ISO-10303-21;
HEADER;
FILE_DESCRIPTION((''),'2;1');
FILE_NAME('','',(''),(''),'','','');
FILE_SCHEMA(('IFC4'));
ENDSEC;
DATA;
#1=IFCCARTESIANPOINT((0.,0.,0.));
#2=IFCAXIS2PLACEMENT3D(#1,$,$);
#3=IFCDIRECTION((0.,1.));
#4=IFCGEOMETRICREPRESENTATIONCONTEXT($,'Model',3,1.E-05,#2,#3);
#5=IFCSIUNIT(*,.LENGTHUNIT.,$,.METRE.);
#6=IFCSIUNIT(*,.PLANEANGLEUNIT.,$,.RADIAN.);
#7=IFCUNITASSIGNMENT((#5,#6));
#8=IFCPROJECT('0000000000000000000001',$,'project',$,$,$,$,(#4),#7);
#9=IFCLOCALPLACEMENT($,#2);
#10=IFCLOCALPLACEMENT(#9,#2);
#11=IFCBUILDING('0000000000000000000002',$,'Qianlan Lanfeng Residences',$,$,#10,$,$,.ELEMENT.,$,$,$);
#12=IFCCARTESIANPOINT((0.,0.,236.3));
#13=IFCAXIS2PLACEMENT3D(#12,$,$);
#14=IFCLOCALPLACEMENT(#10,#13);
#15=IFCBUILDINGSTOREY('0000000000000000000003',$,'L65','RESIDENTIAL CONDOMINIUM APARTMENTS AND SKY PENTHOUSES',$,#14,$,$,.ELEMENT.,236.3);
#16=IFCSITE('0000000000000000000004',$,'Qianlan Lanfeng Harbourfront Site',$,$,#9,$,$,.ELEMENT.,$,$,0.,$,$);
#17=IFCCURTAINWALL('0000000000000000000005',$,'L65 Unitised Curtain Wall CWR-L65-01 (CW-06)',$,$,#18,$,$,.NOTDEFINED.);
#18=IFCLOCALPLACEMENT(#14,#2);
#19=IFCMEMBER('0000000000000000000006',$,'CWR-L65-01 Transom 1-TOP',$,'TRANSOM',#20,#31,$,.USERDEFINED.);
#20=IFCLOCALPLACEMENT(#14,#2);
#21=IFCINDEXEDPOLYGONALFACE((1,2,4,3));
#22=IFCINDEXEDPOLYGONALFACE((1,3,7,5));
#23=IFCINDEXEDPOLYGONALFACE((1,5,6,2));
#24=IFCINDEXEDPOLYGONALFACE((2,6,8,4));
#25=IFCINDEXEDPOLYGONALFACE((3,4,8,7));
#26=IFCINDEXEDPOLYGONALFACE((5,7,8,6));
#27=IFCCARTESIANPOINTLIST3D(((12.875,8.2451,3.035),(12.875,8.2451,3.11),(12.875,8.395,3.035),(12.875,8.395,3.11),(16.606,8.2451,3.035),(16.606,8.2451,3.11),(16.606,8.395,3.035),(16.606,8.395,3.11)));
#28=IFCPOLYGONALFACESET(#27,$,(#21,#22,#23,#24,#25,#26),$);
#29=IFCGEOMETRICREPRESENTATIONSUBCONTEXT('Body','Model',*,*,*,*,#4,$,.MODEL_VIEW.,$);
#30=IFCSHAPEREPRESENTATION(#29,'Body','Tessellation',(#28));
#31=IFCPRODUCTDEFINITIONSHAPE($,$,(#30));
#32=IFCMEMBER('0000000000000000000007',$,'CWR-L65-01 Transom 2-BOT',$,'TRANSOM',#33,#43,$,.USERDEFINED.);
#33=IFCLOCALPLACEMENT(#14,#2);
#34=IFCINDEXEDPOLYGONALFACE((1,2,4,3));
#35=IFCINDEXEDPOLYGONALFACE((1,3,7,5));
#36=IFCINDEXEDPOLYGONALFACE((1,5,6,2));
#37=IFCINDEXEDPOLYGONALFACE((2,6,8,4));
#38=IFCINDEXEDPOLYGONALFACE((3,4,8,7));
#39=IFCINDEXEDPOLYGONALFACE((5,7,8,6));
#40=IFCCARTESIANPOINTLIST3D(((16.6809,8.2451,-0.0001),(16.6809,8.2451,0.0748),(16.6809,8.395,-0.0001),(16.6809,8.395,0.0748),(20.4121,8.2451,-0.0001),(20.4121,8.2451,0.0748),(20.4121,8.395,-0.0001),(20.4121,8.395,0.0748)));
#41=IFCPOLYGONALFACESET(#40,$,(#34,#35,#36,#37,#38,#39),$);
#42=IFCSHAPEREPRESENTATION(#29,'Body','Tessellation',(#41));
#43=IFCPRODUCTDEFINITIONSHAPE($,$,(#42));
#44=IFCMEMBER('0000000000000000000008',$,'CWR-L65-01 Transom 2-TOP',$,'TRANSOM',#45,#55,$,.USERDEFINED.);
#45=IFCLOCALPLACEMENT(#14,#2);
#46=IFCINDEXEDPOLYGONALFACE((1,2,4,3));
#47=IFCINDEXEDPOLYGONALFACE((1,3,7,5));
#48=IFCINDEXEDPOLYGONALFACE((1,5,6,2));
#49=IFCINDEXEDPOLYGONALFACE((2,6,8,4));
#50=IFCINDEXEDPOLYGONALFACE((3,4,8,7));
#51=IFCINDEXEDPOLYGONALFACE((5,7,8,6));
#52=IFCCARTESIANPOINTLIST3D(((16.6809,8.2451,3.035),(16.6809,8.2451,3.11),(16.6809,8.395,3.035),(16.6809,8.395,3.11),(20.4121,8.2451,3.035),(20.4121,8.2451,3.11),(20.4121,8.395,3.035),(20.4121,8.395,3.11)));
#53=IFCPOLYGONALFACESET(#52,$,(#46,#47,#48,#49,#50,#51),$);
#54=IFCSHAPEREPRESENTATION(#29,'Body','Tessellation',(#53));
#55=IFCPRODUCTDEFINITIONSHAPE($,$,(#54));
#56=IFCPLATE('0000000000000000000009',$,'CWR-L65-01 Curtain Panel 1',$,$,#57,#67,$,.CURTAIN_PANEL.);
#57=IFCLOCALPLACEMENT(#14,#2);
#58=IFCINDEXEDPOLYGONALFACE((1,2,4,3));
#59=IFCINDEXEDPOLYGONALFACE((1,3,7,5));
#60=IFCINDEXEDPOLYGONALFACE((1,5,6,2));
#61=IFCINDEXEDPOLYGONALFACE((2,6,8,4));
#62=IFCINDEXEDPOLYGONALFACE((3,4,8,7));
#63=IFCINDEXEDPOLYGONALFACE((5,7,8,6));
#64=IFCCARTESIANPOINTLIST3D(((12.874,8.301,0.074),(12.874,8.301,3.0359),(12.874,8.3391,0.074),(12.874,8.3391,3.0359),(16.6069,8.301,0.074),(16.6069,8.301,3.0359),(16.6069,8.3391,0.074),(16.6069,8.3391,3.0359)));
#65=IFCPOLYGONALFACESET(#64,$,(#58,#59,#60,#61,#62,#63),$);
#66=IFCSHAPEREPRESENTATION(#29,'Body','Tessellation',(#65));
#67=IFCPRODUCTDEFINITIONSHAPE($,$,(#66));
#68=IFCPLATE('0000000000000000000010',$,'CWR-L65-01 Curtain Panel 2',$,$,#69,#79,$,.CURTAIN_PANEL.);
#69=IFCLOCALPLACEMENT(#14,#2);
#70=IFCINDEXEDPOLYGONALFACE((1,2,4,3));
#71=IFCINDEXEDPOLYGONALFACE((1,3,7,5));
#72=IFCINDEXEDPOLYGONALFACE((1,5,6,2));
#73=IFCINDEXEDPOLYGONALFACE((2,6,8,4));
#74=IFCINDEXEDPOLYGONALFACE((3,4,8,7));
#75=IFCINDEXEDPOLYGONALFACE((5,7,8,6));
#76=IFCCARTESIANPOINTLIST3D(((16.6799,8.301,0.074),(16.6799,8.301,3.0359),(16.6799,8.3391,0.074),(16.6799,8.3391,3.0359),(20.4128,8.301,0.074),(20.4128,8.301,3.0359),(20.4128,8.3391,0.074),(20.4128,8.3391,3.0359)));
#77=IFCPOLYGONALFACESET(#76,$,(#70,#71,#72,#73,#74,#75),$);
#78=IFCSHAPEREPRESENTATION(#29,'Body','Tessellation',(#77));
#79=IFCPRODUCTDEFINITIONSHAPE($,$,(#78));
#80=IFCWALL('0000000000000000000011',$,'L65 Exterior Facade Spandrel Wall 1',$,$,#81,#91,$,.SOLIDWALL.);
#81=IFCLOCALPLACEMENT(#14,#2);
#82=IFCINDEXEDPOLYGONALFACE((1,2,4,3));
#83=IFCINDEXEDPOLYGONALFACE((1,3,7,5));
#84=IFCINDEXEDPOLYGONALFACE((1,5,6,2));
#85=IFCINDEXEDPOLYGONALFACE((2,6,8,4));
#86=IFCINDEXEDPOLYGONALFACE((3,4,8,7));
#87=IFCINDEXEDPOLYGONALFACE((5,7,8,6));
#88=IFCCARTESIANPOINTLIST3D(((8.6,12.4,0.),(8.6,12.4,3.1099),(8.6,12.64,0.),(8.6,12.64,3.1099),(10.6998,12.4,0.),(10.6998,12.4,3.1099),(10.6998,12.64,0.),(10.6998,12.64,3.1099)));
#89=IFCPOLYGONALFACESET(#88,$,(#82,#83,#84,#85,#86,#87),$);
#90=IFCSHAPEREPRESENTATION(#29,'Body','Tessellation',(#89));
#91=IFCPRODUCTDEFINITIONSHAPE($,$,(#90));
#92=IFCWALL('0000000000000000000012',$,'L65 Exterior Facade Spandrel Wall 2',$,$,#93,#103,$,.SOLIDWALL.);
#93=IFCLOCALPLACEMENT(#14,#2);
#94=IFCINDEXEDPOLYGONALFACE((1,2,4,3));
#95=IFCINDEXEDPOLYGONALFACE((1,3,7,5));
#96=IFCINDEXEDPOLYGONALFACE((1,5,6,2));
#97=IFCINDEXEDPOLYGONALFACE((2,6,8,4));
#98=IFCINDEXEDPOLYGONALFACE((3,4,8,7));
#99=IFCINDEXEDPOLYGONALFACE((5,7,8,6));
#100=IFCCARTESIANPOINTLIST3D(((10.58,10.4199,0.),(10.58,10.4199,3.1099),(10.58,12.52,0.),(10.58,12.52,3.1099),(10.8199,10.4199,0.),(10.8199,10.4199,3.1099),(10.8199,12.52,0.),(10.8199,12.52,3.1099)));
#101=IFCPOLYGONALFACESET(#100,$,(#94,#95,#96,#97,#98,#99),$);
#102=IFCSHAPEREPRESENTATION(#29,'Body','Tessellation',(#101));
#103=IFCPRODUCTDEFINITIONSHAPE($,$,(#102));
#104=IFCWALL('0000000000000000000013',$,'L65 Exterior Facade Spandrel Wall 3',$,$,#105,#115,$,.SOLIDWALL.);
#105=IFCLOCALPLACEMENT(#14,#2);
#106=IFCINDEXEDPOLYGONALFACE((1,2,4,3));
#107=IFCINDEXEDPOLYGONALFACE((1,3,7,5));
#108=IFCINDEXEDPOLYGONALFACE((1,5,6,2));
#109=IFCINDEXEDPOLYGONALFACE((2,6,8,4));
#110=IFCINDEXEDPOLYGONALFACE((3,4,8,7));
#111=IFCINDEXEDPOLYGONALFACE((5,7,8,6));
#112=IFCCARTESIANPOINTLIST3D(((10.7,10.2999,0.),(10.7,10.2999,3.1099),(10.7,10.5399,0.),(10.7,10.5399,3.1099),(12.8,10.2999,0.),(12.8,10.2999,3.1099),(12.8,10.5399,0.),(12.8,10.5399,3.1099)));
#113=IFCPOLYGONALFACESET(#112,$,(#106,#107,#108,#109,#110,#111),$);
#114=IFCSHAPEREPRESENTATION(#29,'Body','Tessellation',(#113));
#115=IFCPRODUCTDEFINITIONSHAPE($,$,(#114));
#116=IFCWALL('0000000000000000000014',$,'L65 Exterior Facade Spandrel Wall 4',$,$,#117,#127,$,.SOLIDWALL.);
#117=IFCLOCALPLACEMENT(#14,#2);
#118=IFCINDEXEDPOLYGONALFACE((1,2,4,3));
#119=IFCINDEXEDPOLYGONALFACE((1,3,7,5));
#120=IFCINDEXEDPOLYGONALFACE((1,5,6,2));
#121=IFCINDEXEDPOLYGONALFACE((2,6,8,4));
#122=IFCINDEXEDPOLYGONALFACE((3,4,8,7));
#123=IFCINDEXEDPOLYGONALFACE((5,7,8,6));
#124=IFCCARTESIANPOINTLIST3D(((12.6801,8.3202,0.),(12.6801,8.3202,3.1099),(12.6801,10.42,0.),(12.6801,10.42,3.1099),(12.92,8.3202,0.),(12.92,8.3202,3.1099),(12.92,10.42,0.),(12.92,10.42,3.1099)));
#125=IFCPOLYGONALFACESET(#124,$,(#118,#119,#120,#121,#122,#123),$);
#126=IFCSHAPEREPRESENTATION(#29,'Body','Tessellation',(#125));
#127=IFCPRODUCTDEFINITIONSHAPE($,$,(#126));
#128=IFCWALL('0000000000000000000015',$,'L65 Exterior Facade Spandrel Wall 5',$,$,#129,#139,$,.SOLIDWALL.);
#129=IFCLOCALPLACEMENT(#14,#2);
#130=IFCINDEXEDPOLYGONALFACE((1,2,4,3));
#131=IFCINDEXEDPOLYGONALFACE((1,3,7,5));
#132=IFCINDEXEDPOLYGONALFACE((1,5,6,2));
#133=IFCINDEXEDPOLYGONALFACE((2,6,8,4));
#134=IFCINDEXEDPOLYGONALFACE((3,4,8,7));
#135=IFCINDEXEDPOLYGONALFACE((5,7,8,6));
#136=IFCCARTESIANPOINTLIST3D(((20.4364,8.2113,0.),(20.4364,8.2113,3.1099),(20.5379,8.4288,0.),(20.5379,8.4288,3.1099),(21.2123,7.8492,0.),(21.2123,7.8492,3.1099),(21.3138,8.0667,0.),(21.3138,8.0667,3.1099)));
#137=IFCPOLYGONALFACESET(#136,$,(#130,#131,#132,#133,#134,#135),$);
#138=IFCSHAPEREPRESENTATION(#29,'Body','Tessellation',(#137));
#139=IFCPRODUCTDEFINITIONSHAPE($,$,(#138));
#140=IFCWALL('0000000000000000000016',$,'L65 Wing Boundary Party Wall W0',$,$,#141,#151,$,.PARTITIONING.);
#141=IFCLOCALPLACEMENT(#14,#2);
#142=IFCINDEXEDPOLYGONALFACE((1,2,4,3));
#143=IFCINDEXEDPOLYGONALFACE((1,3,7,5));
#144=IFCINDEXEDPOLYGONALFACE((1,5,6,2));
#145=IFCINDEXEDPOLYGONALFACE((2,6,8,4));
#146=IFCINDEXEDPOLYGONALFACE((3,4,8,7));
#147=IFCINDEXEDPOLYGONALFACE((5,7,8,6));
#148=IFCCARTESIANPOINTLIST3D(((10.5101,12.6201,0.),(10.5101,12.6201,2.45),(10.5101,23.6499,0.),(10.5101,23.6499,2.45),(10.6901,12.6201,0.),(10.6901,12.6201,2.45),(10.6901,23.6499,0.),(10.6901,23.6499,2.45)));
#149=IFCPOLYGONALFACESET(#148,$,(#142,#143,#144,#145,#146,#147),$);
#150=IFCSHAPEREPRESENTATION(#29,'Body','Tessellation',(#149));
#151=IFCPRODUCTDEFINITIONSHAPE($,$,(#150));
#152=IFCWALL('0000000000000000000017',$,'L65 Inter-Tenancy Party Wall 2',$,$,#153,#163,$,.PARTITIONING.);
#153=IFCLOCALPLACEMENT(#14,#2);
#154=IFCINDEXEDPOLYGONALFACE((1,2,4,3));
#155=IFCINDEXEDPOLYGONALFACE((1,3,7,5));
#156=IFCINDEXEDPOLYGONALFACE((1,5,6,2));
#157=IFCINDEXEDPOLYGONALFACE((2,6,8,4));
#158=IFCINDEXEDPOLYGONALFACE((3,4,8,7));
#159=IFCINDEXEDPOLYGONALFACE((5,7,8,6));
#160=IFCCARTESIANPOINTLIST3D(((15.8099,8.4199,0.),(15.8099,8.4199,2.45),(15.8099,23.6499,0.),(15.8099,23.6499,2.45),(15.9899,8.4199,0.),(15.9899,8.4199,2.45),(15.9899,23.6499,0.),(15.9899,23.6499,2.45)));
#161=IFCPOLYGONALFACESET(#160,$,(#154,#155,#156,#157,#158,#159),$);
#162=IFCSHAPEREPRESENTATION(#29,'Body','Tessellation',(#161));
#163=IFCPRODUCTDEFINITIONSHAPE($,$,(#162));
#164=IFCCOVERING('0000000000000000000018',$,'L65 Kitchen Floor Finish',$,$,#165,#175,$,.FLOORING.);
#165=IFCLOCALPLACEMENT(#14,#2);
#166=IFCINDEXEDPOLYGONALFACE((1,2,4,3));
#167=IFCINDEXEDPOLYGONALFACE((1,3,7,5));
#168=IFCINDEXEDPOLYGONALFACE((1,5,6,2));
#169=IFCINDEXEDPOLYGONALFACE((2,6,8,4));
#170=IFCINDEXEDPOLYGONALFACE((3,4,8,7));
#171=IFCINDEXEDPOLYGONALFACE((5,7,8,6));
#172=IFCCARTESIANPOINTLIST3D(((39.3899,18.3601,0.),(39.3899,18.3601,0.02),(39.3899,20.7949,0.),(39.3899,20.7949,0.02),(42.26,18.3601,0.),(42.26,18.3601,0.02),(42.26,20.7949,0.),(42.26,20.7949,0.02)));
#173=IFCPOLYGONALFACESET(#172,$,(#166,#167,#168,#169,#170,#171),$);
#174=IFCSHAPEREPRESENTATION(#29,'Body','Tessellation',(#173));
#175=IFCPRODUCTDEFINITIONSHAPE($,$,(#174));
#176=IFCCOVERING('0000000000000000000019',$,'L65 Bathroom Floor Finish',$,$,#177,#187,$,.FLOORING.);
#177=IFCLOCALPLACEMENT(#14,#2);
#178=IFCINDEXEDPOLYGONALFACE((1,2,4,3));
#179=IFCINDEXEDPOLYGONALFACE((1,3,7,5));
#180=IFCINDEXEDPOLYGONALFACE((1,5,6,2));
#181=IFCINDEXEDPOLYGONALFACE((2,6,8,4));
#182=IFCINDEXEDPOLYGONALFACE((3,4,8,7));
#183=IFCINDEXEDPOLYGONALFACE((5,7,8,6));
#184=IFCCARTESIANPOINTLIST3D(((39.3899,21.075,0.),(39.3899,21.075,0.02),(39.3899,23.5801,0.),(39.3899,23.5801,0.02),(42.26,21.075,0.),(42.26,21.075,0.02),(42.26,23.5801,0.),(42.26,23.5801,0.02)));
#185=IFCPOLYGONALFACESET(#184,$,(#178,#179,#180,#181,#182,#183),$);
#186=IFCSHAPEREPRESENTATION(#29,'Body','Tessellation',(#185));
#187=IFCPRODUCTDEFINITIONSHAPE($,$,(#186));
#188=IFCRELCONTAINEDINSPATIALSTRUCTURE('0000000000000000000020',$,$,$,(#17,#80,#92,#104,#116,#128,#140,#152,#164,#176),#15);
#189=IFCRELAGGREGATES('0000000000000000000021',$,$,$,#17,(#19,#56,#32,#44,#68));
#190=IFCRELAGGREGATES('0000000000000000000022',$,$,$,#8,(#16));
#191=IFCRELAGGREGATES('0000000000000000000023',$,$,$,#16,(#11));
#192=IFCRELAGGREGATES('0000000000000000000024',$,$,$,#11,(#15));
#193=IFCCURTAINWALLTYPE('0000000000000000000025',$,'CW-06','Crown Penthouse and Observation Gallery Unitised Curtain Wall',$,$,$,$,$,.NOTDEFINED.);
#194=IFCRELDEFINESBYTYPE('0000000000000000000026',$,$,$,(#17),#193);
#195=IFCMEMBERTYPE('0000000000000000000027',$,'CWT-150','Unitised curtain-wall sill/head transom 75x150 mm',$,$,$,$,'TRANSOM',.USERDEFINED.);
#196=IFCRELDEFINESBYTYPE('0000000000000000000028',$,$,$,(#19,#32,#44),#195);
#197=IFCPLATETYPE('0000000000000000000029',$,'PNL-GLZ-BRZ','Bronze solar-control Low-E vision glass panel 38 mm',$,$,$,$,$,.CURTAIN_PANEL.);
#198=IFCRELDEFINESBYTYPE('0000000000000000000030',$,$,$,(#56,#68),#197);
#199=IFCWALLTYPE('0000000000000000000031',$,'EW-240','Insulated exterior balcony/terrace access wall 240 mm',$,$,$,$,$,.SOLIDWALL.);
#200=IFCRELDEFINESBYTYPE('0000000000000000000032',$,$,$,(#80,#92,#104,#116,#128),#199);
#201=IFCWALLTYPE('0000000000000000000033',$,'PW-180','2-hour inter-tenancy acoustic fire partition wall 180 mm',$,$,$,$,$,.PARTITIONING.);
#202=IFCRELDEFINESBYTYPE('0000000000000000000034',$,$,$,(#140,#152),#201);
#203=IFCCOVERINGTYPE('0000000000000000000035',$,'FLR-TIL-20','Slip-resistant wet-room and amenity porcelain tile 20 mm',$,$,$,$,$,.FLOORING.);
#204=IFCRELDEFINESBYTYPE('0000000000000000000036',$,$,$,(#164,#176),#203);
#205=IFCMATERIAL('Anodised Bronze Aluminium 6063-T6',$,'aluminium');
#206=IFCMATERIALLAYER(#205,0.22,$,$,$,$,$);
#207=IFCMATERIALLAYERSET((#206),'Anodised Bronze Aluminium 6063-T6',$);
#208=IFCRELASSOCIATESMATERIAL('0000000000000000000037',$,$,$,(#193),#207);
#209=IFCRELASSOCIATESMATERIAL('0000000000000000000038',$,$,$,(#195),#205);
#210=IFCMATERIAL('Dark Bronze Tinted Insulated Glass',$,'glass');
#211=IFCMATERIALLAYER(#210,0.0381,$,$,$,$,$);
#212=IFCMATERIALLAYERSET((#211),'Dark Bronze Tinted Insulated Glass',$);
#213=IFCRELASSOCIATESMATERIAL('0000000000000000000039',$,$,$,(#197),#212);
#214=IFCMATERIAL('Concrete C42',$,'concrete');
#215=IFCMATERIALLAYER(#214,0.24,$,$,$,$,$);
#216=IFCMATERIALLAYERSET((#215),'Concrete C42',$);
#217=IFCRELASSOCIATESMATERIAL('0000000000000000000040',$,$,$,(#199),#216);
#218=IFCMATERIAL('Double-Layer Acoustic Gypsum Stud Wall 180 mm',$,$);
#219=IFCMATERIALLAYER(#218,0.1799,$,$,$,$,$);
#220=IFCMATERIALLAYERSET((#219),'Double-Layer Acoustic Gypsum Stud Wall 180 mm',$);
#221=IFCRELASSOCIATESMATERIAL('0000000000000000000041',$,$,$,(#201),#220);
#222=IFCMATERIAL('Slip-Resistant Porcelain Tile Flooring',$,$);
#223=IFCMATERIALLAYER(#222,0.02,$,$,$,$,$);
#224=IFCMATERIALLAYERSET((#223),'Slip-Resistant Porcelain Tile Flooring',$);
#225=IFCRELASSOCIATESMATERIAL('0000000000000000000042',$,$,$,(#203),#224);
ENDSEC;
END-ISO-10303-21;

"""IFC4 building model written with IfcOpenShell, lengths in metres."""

from ifc_helpers import new_model, si_unit, direction, frame, frame_2d, origin, origin_2d, place, context, subcontext, project, spatial, polyline, rectangle, outline, extrude, source, transform, mapped, material, layer, layer_set, material_profile, profile_set, type_object, element, aggregate, save


model = new_model("IFC4")

# Units and contexts
model_context = context("Model", 3, precision=1e-05, world=origin(), true_north=direction((0.0, 1.0)))
body_context = subcontext(model_context, "Body", "Model", "MODEL_VIEW")
ifc_project = project(units=[si_unit("LENGTHUNIT", "METRE"), si_unit("PLANEANGLEUNIT", "RADIAN")], contexts=[model_context])

# Site, building, storey
site_placement = place(None, origin())
site = spatial("IfcSite", under=ifc_project, at=site_placement, Name="Qianlan Lanfeng Harbourfront Site", CompositionType="ELEMENT", RefElevation=0.0)
building_placement = place(site_placement, origin())
building = spatial("IfcBuilding", under=site, at=building_placement, Name="Qianlan Lanfeng Residences", CompositionType="ELEMENT")
storey_placement = place(building_placement, frame((0.0, 0.0, 236.3)))
storey = spatial("IfcBuildingStorey", under=building, at=storey_placement, Name="L65", Description="RESIDENTIAL CONDOMINIUM APARTMENTS AND SKY PENTHOUSES", CompositionType="ELEMENT", Elevation=236.3)

# Curtain wall
ifc_material_1 = material(Name="Anodised Bronze Aluminium 6063-T6", Category="aluminium")
ifc_layer_1 = layer(ifc_material_1, 0.22)
ifc_layer_set_1 = layer_set([ifc_layer_1], Name="Anodised Bronze Aluminium 6063-T6")
curtain_wall_type = type_object("IfcCurtainWallType", Name="CW-06", Description="Crown Penthouse and Observation Gallery Unitised Curtain Wall", PredefinedType="NOTDEFINED", material=ifc_layer_set_1)
curtain_wall_1_placement = place(storey_placement, origin())
curtain_wall_1 = element("IfcCurtainWall", 1, at=curtain_wall_1_placement, inside=storey, type_object=curtain_wall_type, Name="L65 Unitised Curtain Wall CWR-L65-01 (CW-06)", PredefinedType="NOTDEFINED")

# Members
ifc_material_profile_1 = material_profile(ifc_material_1, rectangle(XDim=0.075, YDim=0.1499, at=origin_2d()), Name="ALU TRANSOM 75x150")
ifc_profile_set_1 = profile_set([ifc_material_profile_1], Name="Anodised Bronze Aluminium 6063-T6")
member_type_1 = type_object("IfcMemberType", Name="CWT-150", Description="Unitised curtain-wall sill/head transom 75x150 mm", ElementType="TRANSOM", PredefinedType="USERDEFINED", material=ifc_profile_set_1)
shared_shape_1 = source(origin(), body_context, "Body", "SweptSolid", [
    extrude(rectangle(XDim=0.075, YDim=0.1499, at=origin_2d()), origin(), (0.0, 0.0, 1.0), 3.731),
])
member_1_placement = place(storey_placement, frame((12.875, 8.3201, 3.0725), z_axis=(1.0, 0.0, 0.0), x_axis=(0.0, 0.0, 1.0)))
member_1 = element("IfcMember", 2, at=member_1_placement, type_object=member_type_1, Name="CWR-L65-01 Transom 1-TOP", ObjectType="TRANSOM", PredefinedType="USERDEFINED", context=body_context, shape_type="MappedRepresentation", body=[
    mapped(shared_shape_1, transform((0.0, 0.0, 0.0), scale=1.0)),
])
shared_shape_2 = source(origin(), body_context, "Body", "SweptSolid", [
    extrude(rectangle(XDim=0.075, YDim=0.1499, at=origin_2d()), origin(), (0.0, 0.0, 1.0), 3.7312),
])
member_2_placement = place(storey_placement, frame((16.6809, 8.3201, 0.0374), z_axis=(1.0, 0.0, 0.0), x_axis=(0.0, 0.0, 1.0)))
member_2 = element("IfcMember", 3, at=member_2_placement, type_object=member_type_1, Name="CWR-L65-01 Transom 2-BOT", ObjectType="TRANSOM", PredefinedType="USERDEFINED", context=body_context, shape_type="MappedRepresentation", body=[
    mapped(shared_shape_2, transform((0.0, 0.0, 0.0), scale=1.0)),
])
member_3_placement = place(storey_placement, frame((16.6809, 8.3201, 3.0725), z_axis=(1.0, 0.0, 0.0), x_axis=(0.0, 0.0, 1.0)))
member_3 = element("IfcMember", 4, at=member_3_placement, type_object=member_type_1, Name="CWR-L65-01 Transom 2-TOP", ObjectType="TRANSOM", PredefinedType="USERDEFINED", context=body_context, shape_type="MappedRepresentation", body=[
    mapped(shared_shape_2, transform((0.0, 0.0, 0.0), scale=1.0)),
])

# Plates
ifc_material_2 = material(Name="Dark Bronze Tinted Insulated Glass", Category="glass")
ifc_layer_2 = layer(ifc_material_2, 0.0381)
ifc_layer_set_2 = layer_set([ifc_layer_2], Name="Dark Bronze Tinted Insulated Glass")
plate_type = type_object("IfcPlateType", Name="PNL-GLZ-BRZ", Description="Bronze solar-control Low-E vision glass panel 38 mm", PredefinedType="CURTAIN_PANEL", material=ifc_layer_set_2)
shared_shape_3 = source(origin(), body_context, "Body", "SweptSolid", [
    extrude(rectangle(XDim=3.7329, YDim=0.0381, at=origin_2d()), origin(), (0.0, 0.0, 1.0), 2.9619),
])
plate_1_placement = place(storey_placement, frame((14.7405, 8.3201, 0.074), z_axis=(0.0, 0.0, 1.0), x_axis=(1.0, 0.0, 0.0)))
plate_1 = element("IfcPlate", 5, at=plate_1_placement, type_object=plate_type, Name="CWR-L65-01 Curtain Panel 1", PredefinedType="CURTAIN_PANEL", context=body_context, shape_type="MappedRepresentation", body=[
    mapped(shared_shape_3, transform((0.0, 0.0, 0.0), scale=1.0)),
])
plate_2_placement = place(storey_placement, frame((18.5464, 8.3201, 0.074), z_axis=(0.0, 0.0, 1.0), x_axis=(1.0, 0.0, 0.0)))
plate_2 = element("IfcPlate", 6, at=plate_2_placement, type_object=plate_type, Name="CWR-L65-01 Curtain Panel 2", PredefinedType="CURTAIN_PANEL", context=body_context, shape_type="MappedRepresentation", body=[
    mapped(shared_shape_3, transform((0.0, 0.0, 0.0), scale=1.0)),
])
aggregate(curtain_wall_1, [member_1, plate_1, member_2, member_3, plate_2])

# Walls
ifc_material_3 = material(Name="Concrete C42", Category="concrete")
ifc_layer_3 = layer(ifc_material_3, 0.24)
ifc_layer_set_3 = layer_set([ifc_layer_3], Name="Concrete C42")
wall_type_1 = type_object("IfcWallType", Name="EW-240", Description="Insulated exterior balcony/terrace access wall 240 mm", PredefinedType="SOLIDWALL", material=ifc_layer_set_3)
wall_1_placement = place(storey_placement, frame((8.6001, 12.52, 0.0), z_axis=(0.0, 0.0, 1.0), x_axis=(1.0, 0.0, 0.0)))
element("IfcWall", 7, at=wall_1_placement, inside=storey, type_object=wall_type_1, Name="L65 Exterior Facade Spandrel Wall 1", PredefinedType="SOLIDWALL", context=body_context, shape_type="SweptSolid", body=[
    extrude(rectangle(XDim=2.0999, YDim=0.24, at=frame_2d((1.0498, 0.0))), origin(), (0.0, 0.0, 1.0), 3.1099),
])
for number, where, z_axis, x_axis, name in (
    (8, (10.7, 12.52, 0.0), (0.0, 0.0, 1.0), (0.0, -1.0, 0.0), "L65 Exterior Facade Spandrel Wall 2"),
    (9, (10.7, 10.4199, 0.0), (0.0, 0.0, 1.0), (1.0, 0.0, 0.0), "L65 Exterior Facade Spandrel Wall 3"),
):
    element("IfcWall", number, at=place(storey_placement, frame(where, z_axis=z_axis, x_axis=x_axis)), inside=storey, type_object=wall_type_1, Name=name, PredefinedType="SOLIDWALL", context=body_context, shape_type="SweptSolid", body=[
        extrude(rectangle(XDim=2.1001, YDim=0.24, at=frame_2d((1.05, 0.0))), origin(), (0.0, 0.0, 1.0), 3.1099),
    ])
wall_2_placement = place(storey_placement, frame((12.8, 10.4199, 0.0), z_axis=(0.0, 0.0, 1.0), x_axis=(0.0, -1.0, 0.0)))
element("IfcWall", 10, at=wall_2_placement, inside=storey, type_object=wall_type_1, Name="L65 Exterior Facade Spandrel Wall 4", PredefinedType="SOLIDWALL", context=body_context, shape_type="SweptSolid", body=[
    extrude(rectangle(XDim=2.0999, YDim=0.24, at=frame_2d((1.0498, 0.0))), origin(), (0.0, 0.0, 1.0), 3.1099),
])
wall_3_placement = place(storey_placement, frame((20.4871, 8.3201, 0.0), z_axis=(0.0, 0.0, 1.0), x_axis=(0.90619, -0.42287, 0.0)))
element("IfcWall", 11, at=wall_3_placement, inside=storey, type_object=wall_type_1, Name="L65 Exterior Facade Spandrel Wall 5", PredefinedType="SOLIDWALL", context=body_context, shape_type="SweptSolid", body=[
    extrude(rectangle(XDim=0.8562, YDim=0.24, at=frame_2d((0.4282, 0.0))), origin(), (0.0, 0.0, 1.0), 3.1099),
])

# Walls
ifc_material_4 = material(Name="Double-Layer Acoustic Gypsum Stud Wall 180 mm")
ifc_layer_4 = layer(ifc_material_4, 0.1799)
ifc_layer_set_4 = layer_set([ifc_layer_4], Name="Double-Layer Acoustic Gypsum Stud Wall 180 mm")
wall_type_2 = type_object("IfcWallType", Name="PW-180", Description="2-hour inter-tenancy acoustic fire partition wall 180 mm", PredefinedType="PARTITIONING", material=ifc_layer_set_4)
wall_4_placement = place(storey_placement, frame((10.6001, 12.6201, 0.0), z_axis=(0.0, 0.0, 1.0), x_axis=(0.0, 1.0, 0.0)))
element("IfcWall", 12, at=wall_4_placement, inside=storey, type_object=wall_type_2, Name="L65 Wing Boundary Party Wall W0", PredefinedType="PARTITIONING", context=body_context, shape_type="SweptSolid", body=[
    extrude(rectangle(XDim=11.0298, YDim=0.1799, at=frame_2d((5.5149, 0.0))), origin(), (0.0, 0.0, 1.0), 2.45),
])
wall_5_placement = place(storey_placement, frame((15.8999, 8.4199, 0.0), z_axis=(0.0, 0.0, 1.0), x_axis=(0.0, 1.0, 0.0)))
element("IfcWall", 13, at=wall_5_placement, inside=storey, type_object=wall_type_2, Name="L65 Inter-Tenancy Party Wall 2", PredefinedType="PARTITIONING", context=body_context, shape_type="SweptSolid", body=[
    extrude(rectangle(XDim=15.23, YDim=0.1799, at=frame_2d((7.615, 0.0))), origin(), (0.0, 0.0, 1.0), 2.45),
])

# Coverings
ifc_material_5 = material(Name="Slip-Resistant Porcelain Tile Flooring")
ifc_layer_5 = layer(ifc_material_5, 0.02)
ifc_layer_set_5 = layer_set([ifc_layer_5], Name="Slip-Resistant Porcelain Tile Flooring")
covering_type_1 = type_object("IfcCoveringType", Name="FLR-TIL-20", Description="Slip-resistant wet-room and amenity porcelain tile 20 mm", PredefinedType="FLOORING", material=ifc_layer_set_5)
covering_1_placement = place(storey_placement, origin())
element("IfcCovering", 14, at=covering_1_placement, inside=storey, type_object=covering_type_1, Name="L65 Kitchen Floor Finish", PredefinedType="FLOORING", context=body_context, shape_type="SweptSolid", body=[
    extrude(outline(polyline([(39.3899, 18.3601), (42.26, 18.3601), (42.26, 20.7949), (39.3899, 20.7949), (39.3899, 18.3601)])), origin(), (0.0, 0.0, 1.0), 0.02),
])
covering_2_placement = place(storey_placement, origin())
element("IfcCovering", 15, at=covering_2_placement, inside=storey, type_object=covering_type_1, Name="L65 Bathroom Floor Finish", PredefinedType="FLOORING", context=body_context, shape_type="SweptSolid", body=[
    extrude(outline(polyline([(39.3899, 21.075), (42.26, 21.075), (42.26, 23.5801), (39.3899, 23.5801), (39.3899, 21.075)])), origin(), (0.0, 0.0, 1.0), 0.02),
])

save(model, "model.ifc")
